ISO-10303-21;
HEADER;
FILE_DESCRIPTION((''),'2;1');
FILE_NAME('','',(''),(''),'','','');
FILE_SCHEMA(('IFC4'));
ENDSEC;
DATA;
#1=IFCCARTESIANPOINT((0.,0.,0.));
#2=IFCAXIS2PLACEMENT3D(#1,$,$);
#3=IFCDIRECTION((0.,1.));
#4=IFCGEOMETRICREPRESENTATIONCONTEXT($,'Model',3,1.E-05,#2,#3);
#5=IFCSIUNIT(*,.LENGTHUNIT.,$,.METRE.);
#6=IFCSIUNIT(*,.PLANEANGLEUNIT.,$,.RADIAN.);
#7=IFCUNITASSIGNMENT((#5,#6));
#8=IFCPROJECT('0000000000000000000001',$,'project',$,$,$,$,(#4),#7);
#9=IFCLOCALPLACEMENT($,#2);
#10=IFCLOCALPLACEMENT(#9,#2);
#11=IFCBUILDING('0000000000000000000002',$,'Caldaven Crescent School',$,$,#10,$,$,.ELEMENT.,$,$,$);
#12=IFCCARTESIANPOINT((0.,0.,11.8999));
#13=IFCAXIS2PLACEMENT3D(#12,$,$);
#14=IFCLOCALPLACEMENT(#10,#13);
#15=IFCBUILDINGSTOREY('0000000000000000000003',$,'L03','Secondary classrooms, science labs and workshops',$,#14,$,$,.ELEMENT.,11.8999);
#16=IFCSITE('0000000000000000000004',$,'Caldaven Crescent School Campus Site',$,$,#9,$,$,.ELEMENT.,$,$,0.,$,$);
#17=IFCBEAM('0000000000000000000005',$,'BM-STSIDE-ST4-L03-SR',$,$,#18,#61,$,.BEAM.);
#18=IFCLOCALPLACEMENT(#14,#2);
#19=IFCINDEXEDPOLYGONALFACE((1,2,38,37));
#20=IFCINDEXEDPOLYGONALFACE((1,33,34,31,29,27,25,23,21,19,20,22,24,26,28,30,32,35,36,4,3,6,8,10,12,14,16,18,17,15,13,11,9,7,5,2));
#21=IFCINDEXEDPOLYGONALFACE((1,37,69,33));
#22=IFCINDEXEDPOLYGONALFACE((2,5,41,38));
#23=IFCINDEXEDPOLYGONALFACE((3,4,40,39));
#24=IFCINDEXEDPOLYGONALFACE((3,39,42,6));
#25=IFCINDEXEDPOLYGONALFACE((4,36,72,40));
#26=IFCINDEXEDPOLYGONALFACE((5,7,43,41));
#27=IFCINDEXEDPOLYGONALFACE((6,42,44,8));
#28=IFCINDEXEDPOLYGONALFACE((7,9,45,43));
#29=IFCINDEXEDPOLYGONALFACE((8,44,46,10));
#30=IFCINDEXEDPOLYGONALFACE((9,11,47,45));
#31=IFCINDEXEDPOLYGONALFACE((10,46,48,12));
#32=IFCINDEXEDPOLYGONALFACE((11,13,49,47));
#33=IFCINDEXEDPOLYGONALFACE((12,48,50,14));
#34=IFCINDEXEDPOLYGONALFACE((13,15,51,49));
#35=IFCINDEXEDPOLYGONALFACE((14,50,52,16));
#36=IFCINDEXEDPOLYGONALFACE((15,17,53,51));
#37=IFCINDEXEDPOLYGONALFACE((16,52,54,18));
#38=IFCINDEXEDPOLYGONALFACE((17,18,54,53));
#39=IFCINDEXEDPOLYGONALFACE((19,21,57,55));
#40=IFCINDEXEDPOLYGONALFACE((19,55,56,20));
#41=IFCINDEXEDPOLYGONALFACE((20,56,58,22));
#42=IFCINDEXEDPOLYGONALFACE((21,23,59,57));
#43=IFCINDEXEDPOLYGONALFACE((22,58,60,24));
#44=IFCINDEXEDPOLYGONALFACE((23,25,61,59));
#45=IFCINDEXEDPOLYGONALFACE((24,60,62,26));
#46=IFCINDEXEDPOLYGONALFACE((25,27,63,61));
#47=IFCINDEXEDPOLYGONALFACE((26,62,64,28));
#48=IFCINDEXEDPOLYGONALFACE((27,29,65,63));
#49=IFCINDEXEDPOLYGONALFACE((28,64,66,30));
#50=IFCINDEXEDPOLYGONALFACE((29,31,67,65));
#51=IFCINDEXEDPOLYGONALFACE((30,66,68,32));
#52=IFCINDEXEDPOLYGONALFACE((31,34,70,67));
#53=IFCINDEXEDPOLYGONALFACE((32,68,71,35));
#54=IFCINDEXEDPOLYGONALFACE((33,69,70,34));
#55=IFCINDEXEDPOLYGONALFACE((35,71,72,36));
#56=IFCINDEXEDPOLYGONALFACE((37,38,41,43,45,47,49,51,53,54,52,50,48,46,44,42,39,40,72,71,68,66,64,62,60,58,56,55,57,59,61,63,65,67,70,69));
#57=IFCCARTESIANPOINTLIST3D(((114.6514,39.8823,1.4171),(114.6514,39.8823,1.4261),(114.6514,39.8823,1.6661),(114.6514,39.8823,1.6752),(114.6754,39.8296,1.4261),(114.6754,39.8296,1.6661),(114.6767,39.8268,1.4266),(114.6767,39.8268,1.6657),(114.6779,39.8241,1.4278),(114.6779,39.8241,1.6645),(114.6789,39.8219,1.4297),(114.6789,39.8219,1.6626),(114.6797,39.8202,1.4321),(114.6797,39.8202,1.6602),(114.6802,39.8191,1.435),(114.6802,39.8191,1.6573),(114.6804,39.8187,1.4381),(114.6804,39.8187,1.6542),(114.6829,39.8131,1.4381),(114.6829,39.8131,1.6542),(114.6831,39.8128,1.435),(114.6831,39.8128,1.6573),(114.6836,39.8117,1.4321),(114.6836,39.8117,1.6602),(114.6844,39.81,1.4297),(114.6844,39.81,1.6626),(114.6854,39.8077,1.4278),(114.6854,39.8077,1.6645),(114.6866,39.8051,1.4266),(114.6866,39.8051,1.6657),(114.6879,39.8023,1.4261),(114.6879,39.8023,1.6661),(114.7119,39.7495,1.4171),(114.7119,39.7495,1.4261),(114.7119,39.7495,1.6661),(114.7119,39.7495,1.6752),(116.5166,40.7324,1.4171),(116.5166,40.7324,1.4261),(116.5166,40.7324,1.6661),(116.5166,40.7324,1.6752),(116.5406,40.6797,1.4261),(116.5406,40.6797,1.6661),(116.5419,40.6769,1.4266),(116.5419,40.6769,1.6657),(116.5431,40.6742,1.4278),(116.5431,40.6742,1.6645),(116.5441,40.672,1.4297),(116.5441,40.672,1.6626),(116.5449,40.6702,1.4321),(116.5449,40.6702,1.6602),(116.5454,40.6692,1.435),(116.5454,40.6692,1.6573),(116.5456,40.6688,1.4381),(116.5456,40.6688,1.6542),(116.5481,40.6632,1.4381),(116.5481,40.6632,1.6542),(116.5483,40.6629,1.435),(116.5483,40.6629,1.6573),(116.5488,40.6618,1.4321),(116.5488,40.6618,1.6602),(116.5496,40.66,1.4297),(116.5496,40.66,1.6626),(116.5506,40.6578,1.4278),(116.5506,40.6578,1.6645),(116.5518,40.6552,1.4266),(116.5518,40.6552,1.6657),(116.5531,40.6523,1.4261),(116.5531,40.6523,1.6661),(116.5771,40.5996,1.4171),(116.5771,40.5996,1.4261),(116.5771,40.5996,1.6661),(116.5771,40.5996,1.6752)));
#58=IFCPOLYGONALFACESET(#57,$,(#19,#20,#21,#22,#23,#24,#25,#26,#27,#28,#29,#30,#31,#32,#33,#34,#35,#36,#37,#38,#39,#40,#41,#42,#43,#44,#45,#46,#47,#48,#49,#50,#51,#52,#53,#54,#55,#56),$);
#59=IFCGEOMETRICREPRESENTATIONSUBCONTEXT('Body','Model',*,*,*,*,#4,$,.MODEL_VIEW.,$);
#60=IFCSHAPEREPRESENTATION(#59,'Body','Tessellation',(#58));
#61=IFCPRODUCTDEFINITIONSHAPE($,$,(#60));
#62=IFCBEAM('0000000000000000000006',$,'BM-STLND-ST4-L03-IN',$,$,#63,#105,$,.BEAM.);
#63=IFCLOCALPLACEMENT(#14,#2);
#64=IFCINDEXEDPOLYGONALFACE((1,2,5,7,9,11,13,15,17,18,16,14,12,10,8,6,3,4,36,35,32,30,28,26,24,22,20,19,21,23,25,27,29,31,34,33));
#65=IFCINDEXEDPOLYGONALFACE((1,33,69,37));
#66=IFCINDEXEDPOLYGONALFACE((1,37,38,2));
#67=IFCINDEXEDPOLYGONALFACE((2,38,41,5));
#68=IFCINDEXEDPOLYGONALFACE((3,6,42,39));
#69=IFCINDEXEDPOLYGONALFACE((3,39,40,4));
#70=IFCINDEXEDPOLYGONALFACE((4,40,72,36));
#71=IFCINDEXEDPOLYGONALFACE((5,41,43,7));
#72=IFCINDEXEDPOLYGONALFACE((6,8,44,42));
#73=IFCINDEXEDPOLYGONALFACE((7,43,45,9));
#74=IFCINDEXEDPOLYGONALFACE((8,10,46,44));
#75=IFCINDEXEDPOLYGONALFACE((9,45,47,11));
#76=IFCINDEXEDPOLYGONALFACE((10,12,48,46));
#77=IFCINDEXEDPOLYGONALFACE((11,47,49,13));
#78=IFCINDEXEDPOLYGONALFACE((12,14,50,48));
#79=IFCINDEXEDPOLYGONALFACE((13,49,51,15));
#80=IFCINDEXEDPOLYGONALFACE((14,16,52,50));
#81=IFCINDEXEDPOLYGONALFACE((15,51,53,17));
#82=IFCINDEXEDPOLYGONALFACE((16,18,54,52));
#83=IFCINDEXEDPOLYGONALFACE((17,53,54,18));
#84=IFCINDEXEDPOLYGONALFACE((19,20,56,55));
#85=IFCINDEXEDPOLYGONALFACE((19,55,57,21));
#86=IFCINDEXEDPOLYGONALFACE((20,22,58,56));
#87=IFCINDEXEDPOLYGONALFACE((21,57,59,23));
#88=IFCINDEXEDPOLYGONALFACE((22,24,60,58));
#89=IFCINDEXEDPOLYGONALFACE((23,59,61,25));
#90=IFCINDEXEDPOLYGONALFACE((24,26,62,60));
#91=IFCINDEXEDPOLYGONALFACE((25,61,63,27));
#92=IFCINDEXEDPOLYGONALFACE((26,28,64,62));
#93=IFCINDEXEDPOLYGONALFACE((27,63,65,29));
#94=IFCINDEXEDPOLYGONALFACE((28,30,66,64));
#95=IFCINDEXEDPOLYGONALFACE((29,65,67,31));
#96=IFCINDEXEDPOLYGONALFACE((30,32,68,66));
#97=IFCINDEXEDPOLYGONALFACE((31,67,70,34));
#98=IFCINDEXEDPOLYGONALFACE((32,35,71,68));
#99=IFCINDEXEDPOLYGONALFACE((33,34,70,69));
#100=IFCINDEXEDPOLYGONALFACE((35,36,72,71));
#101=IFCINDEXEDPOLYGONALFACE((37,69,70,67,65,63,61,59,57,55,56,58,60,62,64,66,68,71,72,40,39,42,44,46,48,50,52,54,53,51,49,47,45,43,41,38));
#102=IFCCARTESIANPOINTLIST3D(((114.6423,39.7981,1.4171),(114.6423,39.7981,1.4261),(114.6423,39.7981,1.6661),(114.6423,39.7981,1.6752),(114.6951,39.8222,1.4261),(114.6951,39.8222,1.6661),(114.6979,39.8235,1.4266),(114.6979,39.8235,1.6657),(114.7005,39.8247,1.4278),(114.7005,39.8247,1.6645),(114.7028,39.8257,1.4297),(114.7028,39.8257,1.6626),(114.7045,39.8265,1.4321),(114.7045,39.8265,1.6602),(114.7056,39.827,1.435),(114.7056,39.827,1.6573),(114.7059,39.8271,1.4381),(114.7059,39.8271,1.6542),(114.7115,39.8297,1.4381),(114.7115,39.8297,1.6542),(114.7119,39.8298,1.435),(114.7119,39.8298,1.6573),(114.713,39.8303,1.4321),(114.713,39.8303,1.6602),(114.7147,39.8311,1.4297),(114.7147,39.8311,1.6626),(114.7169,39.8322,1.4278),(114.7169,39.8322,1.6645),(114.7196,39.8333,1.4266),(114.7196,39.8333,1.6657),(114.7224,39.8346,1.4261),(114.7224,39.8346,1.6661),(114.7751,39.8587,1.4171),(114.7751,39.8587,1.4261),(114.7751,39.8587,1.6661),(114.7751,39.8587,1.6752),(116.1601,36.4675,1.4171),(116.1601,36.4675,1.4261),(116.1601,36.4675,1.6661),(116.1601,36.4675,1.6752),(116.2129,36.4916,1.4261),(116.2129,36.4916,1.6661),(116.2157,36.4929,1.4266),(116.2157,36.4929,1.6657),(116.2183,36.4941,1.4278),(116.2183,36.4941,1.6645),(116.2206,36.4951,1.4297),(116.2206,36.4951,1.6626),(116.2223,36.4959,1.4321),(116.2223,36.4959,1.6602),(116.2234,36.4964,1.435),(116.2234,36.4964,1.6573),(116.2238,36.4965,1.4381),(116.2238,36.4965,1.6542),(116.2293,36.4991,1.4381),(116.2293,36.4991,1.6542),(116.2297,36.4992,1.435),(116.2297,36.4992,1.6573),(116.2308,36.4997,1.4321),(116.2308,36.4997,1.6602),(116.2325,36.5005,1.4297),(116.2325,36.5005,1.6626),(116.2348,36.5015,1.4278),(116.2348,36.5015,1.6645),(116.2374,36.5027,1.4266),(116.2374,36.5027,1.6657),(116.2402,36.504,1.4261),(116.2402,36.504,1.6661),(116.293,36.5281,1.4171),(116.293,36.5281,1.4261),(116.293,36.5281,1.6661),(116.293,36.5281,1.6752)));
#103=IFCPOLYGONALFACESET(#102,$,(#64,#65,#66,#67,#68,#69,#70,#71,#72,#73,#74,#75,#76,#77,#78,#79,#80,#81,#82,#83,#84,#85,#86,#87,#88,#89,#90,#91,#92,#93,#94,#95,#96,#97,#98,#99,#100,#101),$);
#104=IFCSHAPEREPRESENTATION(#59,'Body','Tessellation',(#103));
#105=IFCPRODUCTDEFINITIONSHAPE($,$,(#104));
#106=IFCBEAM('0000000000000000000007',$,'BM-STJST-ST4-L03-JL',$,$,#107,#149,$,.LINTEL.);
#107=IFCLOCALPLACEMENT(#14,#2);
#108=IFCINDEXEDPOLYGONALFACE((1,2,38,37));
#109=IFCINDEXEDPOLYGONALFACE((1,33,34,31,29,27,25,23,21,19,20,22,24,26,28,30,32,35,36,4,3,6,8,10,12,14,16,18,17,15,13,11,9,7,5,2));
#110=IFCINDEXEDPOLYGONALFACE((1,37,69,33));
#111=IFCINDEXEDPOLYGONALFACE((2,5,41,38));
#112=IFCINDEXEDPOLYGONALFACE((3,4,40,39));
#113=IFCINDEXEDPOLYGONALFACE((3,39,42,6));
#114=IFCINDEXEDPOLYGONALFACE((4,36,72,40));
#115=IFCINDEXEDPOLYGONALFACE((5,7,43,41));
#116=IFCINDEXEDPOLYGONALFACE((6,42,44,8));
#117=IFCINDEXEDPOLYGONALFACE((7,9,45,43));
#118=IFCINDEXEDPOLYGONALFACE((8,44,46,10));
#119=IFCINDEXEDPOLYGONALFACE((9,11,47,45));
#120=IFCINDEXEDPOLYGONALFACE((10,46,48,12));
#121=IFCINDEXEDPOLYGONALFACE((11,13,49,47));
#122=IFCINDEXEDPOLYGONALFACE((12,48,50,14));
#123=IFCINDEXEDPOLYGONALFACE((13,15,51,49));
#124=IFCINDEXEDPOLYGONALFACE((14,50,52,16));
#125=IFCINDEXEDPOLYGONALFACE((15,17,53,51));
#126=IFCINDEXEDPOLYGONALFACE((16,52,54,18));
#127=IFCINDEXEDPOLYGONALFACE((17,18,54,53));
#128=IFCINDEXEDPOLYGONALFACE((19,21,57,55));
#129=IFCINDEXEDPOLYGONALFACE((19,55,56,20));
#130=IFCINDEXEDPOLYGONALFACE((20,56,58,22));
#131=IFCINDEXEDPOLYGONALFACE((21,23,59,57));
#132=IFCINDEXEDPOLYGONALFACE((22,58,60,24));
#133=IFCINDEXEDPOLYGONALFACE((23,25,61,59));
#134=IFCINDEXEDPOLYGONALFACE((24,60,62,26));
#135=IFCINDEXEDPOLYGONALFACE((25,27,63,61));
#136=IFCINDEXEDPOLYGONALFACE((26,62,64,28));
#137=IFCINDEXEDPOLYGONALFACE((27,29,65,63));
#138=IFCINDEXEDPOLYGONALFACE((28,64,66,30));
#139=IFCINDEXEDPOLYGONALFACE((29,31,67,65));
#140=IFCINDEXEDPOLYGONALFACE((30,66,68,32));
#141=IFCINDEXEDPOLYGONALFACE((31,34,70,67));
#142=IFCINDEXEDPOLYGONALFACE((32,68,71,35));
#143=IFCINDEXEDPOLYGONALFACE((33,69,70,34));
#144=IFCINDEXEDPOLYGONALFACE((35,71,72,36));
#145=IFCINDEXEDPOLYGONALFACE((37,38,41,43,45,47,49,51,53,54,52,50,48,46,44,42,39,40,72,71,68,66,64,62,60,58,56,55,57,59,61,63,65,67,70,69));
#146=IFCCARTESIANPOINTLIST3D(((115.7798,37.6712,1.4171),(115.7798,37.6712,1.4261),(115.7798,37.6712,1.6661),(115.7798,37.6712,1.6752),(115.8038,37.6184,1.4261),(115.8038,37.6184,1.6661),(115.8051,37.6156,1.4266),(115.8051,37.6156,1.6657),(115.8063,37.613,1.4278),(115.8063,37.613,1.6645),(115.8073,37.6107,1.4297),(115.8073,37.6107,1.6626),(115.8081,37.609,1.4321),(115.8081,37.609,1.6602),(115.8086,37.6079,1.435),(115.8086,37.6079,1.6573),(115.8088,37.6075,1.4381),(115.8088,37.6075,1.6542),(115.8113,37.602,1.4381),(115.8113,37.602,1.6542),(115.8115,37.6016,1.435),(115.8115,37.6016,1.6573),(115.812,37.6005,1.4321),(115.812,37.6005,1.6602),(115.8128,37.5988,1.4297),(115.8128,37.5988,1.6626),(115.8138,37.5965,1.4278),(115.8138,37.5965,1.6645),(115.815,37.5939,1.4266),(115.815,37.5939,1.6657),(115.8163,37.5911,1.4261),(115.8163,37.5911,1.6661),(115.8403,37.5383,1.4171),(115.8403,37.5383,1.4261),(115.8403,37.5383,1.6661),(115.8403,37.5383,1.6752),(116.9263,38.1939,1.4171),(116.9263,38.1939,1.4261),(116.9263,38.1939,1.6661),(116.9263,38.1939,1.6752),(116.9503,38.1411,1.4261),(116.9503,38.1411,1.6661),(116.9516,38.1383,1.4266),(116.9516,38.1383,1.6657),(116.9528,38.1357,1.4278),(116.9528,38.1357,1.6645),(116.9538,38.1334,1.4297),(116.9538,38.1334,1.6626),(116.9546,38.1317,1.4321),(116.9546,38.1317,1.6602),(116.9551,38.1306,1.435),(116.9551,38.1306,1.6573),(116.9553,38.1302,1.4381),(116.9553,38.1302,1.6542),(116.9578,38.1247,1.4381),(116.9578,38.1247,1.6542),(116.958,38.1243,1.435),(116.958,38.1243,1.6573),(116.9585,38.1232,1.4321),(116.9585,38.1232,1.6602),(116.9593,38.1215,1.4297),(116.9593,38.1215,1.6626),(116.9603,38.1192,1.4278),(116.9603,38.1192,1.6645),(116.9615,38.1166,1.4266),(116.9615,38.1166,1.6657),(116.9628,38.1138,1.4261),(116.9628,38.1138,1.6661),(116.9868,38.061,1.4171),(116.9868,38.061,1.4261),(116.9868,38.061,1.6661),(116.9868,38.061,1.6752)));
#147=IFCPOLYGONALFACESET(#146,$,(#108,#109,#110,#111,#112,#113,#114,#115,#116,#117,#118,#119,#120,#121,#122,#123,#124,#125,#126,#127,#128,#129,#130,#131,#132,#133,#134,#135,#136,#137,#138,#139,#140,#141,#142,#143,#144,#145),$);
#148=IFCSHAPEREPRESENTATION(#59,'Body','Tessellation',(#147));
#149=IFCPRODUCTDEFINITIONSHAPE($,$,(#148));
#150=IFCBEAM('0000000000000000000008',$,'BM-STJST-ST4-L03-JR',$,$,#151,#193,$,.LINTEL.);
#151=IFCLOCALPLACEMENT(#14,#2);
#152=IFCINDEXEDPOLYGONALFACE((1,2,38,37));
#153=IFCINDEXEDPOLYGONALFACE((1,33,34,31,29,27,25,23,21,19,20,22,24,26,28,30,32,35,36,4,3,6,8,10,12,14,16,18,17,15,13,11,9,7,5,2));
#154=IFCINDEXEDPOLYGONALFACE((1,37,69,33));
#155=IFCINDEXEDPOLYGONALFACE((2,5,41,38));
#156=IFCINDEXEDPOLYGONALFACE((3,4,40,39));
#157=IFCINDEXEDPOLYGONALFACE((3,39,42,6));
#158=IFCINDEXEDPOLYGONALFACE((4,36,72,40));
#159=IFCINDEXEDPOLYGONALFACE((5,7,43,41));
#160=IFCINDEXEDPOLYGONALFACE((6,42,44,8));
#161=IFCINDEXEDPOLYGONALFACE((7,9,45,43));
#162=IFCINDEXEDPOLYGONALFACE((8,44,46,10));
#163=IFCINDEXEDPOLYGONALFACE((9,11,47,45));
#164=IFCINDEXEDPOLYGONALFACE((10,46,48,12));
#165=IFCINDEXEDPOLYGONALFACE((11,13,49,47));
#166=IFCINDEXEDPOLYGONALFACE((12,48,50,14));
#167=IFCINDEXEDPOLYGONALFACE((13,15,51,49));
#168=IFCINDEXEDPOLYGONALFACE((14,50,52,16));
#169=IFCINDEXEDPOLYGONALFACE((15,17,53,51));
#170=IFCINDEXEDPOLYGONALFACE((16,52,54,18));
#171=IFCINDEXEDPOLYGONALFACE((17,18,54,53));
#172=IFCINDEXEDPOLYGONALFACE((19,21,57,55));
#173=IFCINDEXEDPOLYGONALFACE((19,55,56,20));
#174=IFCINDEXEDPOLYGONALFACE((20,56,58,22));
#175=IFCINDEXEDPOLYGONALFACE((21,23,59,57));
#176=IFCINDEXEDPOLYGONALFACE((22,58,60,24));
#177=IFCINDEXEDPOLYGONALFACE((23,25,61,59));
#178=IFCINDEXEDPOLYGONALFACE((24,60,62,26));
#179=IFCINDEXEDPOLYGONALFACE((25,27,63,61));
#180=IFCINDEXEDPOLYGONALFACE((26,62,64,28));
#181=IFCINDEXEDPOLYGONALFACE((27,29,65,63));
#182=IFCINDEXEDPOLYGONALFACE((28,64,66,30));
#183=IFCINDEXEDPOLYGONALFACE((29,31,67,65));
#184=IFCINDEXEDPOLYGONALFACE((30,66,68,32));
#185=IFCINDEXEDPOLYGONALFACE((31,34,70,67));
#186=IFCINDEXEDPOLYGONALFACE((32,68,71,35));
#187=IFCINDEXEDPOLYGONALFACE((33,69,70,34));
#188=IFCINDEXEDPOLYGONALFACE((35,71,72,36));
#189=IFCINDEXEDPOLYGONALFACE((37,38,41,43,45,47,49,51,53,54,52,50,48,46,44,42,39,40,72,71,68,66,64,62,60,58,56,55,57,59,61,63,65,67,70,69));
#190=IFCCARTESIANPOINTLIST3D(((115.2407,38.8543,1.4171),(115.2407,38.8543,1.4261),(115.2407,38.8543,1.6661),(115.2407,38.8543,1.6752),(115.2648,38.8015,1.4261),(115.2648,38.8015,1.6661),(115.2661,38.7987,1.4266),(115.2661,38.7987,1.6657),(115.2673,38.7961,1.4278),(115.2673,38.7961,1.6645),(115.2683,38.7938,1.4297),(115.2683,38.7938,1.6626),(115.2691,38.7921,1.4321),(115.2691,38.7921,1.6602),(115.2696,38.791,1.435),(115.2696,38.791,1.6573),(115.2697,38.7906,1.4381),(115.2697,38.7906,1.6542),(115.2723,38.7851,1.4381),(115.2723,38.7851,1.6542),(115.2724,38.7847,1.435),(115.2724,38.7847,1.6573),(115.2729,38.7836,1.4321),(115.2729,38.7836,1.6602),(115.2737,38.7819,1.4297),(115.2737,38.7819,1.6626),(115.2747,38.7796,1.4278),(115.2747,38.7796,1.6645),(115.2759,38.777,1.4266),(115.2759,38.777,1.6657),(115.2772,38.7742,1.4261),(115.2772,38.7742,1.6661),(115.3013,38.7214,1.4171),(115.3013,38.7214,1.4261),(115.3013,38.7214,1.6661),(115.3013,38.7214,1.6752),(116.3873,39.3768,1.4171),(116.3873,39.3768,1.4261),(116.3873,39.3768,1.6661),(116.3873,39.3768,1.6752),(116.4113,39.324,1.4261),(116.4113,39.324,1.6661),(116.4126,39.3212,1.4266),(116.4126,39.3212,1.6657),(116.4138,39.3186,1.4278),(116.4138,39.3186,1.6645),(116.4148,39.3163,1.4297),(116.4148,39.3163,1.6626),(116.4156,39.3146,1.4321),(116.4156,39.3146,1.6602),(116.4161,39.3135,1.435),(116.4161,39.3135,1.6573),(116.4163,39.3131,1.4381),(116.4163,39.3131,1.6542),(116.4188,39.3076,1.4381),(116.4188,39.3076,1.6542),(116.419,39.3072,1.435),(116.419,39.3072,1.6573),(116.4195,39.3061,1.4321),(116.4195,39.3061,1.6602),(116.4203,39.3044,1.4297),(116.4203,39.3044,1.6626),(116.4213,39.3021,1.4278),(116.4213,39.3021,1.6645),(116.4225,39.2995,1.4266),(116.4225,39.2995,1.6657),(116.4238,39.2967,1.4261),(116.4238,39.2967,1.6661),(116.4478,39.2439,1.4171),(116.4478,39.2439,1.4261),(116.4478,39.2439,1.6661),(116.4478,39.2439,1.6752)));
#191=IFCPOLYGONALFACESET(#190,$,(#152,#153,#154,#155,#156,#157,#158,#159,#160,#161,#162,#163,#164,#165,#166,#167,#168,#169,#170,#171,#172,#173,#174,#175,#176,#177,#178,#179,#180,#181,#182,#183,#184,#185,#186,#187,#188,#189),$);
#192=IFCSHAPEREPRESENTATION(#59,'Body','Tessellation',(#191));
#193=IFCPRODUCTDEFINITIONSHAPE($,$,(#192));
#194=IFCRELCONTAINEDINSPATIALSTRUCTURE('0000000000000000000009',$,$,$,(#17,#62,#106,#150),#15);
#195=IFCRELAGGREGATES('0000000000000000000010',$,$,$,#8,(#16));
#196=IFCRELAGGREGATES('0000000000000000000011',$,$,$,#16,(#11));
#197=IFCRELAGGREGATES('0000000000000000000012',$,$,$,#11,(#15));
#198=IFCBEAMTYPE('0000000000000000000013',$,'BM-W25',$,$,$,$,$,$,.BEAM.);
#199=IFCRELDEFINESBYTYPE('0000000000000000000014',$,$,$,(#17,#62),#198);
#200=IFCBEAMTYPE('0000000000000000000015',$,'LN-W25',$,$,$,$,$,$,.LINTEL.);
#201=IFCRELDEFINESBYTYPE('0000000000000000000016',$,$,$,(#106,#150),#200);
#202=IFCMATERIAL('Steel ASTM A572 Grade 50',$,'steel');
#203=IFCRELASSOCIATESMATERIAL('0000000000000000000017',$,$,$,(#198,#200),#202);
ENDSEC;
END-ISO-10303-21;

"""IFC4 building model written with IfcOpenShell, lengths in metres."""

from ifc_helpers import new_model, si_unit, direction, frame, origin, origin_2d, place, context, subcontext, project, spatial, i_section, extrude, material, material_profile, profile_set, type_object, element, save


model = new_model("IFC4")

# Units and contexts
model_context = context("Model", 3, precision=1e-05, world=origin(), true_north=direction((0.0, 1.0)))
body_context = subcontext(model_context, "Body", "Model", "MODEL_VIEW")
ifc_project = project(units=[si_unit("LENGTHUNIT", "METRE"), si_unit("PLANEANGLEUNIT", "RADIAN")], contexts=[model_context])

# Site, building, storey
site_placement = place(None, origin())
site = spatial("IfcSite", under=ifc_project, at=site_placement, Name="Caldaven Crescent School Campus Site", CompositionType="ELEMENT", RefElevation=0.0)
building_placement = place(site_placement, origin())
building = spatial("IfcBuilding", under=site, at=building_placement, Name="Caldaven Crescent School", CompositionType="ELEMENT")
storey_placement = place(building_placement, frame((0.0, 0.0, 11.8999)))
storey = spatial("IfcBuildingStorey", under=building, at=storey_placement, Name="L03", Description="Secondary classrooms, science labs and workshops", CompositionType="ELEMENT", Elevation=11.8999)

# Shared definitions
ifc_material_1 = material(Name="Steel ASTM A572 Grade 50", Category="steel")

# Beams
ifc_material_profile_1 = material_profile(ifc_material_1, i_section(OverallWidth=0.146, OverallDepth=0.2581, WebThickness=0.0061, FlangeThickness=0.009, FilletRadius=0.012, at=origin_2d()), Name="W250x33")
ifc_profile_set_1 = profile_set([ifc_material_profile_1], Name="Steel ASTM A572 Grade 50")
beam_type_1 = type_object("IfcBeamType", Name="BM-W25", PredefinedType="BEAM", material=ifc_profile_set_1)
beam_1_placement = place(storey_placement, frame((114.6816, 39.8159, 1.5461), z_axis=(0.90995, 0.414718, 0.0), x_axis=(-0.414718, 0.90995, 0.0)))
element("IfcBeam", 1, at=beam_1_placement, inside=storey, type_object=beam_type_1, Name="BM-STSIDE-ST4-L03-SR", PredefinedType="BEAM", context=body_context, shape_type="SweptSolid", body=[
    extrude(i_section(OverallWidth=0.146, OverallDepth=0.2581, WebThickness=0.0061, FlangeThickness=0.009, FilletRadius=0.012, at=origin_2d()), origin(), (0.0, 0.0, 1.0), 2.0498),
])
beam_2_placement = place(storey_placement, frame((116.2266, 36.4978, 1.5461), z_axis=(-0.414692, 0.909962, 0.0), x_axis=(-0.909962, -0.414692, 0.0)))
element("IfcBeam", 2, at=beam_2_placement, inside=storey, type_object=beam_type_1, Name="BM-STLND-ST4-L03-IN", PredefinedType="BEAM", context=body_context, shape_type="SweptSolid", body=[
    extrude(i_section(OverallWidth=0.146, OverallDepth=0.2581, WebThickness=0.0061, FlangeThickness=0.009, FilletRadius=0.012, at=origin_2d()), origin(), (0.0, 0.0, 1.0), 3.6602),
])
ifc_material_profile_2 = material_profile(ifc_material_1, i_section(OverallWidth=0.146, OverallDepth=0.2581, WebThickness=0.0061, FlangeThickness=0.009, FilletRadius=0.012, at=origin_2d()), Name="W250x33")
ifc_profile_set_2 = profile_set([ifc_material_profile_2], Name="Steel ASTM A572 Grade 50")
beam_type_2 = type_object("IfcBeamType", Name="LN-W25", PredefinedType="LINTEL", material=ifc_profile_set_2)
for number, where, z_axis, x_axis, name in (
    (3, (115.8101, 37.6047, 1.5461), (0.909895, 0.414839, 0.0), (-0.414839, 0.909895, 0.0), "BM-STJST-ST4-L03-JL"),
    (4, (115.271, 38.7878, 1.5461), (0.909968, 0.414679, 0.0), (-0.414679, 0.909968, 0.0), "BM-STJST-ST4-L03-JR"),
):
    element("IfcBeam", number, at=place(storey_placement, frame(where, z_axis=z_axis, x_axis=x_axis)), inside=storey, type_object=beam_type_2, Name=name, PredefinedType="LINTEL", context=body_context, shape_type="SweptSolid", body=[
        extrude(i_section(OverallWidth=0.146, OverallDepth=0.2581, WebThickness=0.0061, FlangeThickness=0.009, FilletRadius=0.012, at=origin_2d()), origin(), (0.0, 0.0, 1.0), 1.26),
    ])

save(model, "model.ifc")
